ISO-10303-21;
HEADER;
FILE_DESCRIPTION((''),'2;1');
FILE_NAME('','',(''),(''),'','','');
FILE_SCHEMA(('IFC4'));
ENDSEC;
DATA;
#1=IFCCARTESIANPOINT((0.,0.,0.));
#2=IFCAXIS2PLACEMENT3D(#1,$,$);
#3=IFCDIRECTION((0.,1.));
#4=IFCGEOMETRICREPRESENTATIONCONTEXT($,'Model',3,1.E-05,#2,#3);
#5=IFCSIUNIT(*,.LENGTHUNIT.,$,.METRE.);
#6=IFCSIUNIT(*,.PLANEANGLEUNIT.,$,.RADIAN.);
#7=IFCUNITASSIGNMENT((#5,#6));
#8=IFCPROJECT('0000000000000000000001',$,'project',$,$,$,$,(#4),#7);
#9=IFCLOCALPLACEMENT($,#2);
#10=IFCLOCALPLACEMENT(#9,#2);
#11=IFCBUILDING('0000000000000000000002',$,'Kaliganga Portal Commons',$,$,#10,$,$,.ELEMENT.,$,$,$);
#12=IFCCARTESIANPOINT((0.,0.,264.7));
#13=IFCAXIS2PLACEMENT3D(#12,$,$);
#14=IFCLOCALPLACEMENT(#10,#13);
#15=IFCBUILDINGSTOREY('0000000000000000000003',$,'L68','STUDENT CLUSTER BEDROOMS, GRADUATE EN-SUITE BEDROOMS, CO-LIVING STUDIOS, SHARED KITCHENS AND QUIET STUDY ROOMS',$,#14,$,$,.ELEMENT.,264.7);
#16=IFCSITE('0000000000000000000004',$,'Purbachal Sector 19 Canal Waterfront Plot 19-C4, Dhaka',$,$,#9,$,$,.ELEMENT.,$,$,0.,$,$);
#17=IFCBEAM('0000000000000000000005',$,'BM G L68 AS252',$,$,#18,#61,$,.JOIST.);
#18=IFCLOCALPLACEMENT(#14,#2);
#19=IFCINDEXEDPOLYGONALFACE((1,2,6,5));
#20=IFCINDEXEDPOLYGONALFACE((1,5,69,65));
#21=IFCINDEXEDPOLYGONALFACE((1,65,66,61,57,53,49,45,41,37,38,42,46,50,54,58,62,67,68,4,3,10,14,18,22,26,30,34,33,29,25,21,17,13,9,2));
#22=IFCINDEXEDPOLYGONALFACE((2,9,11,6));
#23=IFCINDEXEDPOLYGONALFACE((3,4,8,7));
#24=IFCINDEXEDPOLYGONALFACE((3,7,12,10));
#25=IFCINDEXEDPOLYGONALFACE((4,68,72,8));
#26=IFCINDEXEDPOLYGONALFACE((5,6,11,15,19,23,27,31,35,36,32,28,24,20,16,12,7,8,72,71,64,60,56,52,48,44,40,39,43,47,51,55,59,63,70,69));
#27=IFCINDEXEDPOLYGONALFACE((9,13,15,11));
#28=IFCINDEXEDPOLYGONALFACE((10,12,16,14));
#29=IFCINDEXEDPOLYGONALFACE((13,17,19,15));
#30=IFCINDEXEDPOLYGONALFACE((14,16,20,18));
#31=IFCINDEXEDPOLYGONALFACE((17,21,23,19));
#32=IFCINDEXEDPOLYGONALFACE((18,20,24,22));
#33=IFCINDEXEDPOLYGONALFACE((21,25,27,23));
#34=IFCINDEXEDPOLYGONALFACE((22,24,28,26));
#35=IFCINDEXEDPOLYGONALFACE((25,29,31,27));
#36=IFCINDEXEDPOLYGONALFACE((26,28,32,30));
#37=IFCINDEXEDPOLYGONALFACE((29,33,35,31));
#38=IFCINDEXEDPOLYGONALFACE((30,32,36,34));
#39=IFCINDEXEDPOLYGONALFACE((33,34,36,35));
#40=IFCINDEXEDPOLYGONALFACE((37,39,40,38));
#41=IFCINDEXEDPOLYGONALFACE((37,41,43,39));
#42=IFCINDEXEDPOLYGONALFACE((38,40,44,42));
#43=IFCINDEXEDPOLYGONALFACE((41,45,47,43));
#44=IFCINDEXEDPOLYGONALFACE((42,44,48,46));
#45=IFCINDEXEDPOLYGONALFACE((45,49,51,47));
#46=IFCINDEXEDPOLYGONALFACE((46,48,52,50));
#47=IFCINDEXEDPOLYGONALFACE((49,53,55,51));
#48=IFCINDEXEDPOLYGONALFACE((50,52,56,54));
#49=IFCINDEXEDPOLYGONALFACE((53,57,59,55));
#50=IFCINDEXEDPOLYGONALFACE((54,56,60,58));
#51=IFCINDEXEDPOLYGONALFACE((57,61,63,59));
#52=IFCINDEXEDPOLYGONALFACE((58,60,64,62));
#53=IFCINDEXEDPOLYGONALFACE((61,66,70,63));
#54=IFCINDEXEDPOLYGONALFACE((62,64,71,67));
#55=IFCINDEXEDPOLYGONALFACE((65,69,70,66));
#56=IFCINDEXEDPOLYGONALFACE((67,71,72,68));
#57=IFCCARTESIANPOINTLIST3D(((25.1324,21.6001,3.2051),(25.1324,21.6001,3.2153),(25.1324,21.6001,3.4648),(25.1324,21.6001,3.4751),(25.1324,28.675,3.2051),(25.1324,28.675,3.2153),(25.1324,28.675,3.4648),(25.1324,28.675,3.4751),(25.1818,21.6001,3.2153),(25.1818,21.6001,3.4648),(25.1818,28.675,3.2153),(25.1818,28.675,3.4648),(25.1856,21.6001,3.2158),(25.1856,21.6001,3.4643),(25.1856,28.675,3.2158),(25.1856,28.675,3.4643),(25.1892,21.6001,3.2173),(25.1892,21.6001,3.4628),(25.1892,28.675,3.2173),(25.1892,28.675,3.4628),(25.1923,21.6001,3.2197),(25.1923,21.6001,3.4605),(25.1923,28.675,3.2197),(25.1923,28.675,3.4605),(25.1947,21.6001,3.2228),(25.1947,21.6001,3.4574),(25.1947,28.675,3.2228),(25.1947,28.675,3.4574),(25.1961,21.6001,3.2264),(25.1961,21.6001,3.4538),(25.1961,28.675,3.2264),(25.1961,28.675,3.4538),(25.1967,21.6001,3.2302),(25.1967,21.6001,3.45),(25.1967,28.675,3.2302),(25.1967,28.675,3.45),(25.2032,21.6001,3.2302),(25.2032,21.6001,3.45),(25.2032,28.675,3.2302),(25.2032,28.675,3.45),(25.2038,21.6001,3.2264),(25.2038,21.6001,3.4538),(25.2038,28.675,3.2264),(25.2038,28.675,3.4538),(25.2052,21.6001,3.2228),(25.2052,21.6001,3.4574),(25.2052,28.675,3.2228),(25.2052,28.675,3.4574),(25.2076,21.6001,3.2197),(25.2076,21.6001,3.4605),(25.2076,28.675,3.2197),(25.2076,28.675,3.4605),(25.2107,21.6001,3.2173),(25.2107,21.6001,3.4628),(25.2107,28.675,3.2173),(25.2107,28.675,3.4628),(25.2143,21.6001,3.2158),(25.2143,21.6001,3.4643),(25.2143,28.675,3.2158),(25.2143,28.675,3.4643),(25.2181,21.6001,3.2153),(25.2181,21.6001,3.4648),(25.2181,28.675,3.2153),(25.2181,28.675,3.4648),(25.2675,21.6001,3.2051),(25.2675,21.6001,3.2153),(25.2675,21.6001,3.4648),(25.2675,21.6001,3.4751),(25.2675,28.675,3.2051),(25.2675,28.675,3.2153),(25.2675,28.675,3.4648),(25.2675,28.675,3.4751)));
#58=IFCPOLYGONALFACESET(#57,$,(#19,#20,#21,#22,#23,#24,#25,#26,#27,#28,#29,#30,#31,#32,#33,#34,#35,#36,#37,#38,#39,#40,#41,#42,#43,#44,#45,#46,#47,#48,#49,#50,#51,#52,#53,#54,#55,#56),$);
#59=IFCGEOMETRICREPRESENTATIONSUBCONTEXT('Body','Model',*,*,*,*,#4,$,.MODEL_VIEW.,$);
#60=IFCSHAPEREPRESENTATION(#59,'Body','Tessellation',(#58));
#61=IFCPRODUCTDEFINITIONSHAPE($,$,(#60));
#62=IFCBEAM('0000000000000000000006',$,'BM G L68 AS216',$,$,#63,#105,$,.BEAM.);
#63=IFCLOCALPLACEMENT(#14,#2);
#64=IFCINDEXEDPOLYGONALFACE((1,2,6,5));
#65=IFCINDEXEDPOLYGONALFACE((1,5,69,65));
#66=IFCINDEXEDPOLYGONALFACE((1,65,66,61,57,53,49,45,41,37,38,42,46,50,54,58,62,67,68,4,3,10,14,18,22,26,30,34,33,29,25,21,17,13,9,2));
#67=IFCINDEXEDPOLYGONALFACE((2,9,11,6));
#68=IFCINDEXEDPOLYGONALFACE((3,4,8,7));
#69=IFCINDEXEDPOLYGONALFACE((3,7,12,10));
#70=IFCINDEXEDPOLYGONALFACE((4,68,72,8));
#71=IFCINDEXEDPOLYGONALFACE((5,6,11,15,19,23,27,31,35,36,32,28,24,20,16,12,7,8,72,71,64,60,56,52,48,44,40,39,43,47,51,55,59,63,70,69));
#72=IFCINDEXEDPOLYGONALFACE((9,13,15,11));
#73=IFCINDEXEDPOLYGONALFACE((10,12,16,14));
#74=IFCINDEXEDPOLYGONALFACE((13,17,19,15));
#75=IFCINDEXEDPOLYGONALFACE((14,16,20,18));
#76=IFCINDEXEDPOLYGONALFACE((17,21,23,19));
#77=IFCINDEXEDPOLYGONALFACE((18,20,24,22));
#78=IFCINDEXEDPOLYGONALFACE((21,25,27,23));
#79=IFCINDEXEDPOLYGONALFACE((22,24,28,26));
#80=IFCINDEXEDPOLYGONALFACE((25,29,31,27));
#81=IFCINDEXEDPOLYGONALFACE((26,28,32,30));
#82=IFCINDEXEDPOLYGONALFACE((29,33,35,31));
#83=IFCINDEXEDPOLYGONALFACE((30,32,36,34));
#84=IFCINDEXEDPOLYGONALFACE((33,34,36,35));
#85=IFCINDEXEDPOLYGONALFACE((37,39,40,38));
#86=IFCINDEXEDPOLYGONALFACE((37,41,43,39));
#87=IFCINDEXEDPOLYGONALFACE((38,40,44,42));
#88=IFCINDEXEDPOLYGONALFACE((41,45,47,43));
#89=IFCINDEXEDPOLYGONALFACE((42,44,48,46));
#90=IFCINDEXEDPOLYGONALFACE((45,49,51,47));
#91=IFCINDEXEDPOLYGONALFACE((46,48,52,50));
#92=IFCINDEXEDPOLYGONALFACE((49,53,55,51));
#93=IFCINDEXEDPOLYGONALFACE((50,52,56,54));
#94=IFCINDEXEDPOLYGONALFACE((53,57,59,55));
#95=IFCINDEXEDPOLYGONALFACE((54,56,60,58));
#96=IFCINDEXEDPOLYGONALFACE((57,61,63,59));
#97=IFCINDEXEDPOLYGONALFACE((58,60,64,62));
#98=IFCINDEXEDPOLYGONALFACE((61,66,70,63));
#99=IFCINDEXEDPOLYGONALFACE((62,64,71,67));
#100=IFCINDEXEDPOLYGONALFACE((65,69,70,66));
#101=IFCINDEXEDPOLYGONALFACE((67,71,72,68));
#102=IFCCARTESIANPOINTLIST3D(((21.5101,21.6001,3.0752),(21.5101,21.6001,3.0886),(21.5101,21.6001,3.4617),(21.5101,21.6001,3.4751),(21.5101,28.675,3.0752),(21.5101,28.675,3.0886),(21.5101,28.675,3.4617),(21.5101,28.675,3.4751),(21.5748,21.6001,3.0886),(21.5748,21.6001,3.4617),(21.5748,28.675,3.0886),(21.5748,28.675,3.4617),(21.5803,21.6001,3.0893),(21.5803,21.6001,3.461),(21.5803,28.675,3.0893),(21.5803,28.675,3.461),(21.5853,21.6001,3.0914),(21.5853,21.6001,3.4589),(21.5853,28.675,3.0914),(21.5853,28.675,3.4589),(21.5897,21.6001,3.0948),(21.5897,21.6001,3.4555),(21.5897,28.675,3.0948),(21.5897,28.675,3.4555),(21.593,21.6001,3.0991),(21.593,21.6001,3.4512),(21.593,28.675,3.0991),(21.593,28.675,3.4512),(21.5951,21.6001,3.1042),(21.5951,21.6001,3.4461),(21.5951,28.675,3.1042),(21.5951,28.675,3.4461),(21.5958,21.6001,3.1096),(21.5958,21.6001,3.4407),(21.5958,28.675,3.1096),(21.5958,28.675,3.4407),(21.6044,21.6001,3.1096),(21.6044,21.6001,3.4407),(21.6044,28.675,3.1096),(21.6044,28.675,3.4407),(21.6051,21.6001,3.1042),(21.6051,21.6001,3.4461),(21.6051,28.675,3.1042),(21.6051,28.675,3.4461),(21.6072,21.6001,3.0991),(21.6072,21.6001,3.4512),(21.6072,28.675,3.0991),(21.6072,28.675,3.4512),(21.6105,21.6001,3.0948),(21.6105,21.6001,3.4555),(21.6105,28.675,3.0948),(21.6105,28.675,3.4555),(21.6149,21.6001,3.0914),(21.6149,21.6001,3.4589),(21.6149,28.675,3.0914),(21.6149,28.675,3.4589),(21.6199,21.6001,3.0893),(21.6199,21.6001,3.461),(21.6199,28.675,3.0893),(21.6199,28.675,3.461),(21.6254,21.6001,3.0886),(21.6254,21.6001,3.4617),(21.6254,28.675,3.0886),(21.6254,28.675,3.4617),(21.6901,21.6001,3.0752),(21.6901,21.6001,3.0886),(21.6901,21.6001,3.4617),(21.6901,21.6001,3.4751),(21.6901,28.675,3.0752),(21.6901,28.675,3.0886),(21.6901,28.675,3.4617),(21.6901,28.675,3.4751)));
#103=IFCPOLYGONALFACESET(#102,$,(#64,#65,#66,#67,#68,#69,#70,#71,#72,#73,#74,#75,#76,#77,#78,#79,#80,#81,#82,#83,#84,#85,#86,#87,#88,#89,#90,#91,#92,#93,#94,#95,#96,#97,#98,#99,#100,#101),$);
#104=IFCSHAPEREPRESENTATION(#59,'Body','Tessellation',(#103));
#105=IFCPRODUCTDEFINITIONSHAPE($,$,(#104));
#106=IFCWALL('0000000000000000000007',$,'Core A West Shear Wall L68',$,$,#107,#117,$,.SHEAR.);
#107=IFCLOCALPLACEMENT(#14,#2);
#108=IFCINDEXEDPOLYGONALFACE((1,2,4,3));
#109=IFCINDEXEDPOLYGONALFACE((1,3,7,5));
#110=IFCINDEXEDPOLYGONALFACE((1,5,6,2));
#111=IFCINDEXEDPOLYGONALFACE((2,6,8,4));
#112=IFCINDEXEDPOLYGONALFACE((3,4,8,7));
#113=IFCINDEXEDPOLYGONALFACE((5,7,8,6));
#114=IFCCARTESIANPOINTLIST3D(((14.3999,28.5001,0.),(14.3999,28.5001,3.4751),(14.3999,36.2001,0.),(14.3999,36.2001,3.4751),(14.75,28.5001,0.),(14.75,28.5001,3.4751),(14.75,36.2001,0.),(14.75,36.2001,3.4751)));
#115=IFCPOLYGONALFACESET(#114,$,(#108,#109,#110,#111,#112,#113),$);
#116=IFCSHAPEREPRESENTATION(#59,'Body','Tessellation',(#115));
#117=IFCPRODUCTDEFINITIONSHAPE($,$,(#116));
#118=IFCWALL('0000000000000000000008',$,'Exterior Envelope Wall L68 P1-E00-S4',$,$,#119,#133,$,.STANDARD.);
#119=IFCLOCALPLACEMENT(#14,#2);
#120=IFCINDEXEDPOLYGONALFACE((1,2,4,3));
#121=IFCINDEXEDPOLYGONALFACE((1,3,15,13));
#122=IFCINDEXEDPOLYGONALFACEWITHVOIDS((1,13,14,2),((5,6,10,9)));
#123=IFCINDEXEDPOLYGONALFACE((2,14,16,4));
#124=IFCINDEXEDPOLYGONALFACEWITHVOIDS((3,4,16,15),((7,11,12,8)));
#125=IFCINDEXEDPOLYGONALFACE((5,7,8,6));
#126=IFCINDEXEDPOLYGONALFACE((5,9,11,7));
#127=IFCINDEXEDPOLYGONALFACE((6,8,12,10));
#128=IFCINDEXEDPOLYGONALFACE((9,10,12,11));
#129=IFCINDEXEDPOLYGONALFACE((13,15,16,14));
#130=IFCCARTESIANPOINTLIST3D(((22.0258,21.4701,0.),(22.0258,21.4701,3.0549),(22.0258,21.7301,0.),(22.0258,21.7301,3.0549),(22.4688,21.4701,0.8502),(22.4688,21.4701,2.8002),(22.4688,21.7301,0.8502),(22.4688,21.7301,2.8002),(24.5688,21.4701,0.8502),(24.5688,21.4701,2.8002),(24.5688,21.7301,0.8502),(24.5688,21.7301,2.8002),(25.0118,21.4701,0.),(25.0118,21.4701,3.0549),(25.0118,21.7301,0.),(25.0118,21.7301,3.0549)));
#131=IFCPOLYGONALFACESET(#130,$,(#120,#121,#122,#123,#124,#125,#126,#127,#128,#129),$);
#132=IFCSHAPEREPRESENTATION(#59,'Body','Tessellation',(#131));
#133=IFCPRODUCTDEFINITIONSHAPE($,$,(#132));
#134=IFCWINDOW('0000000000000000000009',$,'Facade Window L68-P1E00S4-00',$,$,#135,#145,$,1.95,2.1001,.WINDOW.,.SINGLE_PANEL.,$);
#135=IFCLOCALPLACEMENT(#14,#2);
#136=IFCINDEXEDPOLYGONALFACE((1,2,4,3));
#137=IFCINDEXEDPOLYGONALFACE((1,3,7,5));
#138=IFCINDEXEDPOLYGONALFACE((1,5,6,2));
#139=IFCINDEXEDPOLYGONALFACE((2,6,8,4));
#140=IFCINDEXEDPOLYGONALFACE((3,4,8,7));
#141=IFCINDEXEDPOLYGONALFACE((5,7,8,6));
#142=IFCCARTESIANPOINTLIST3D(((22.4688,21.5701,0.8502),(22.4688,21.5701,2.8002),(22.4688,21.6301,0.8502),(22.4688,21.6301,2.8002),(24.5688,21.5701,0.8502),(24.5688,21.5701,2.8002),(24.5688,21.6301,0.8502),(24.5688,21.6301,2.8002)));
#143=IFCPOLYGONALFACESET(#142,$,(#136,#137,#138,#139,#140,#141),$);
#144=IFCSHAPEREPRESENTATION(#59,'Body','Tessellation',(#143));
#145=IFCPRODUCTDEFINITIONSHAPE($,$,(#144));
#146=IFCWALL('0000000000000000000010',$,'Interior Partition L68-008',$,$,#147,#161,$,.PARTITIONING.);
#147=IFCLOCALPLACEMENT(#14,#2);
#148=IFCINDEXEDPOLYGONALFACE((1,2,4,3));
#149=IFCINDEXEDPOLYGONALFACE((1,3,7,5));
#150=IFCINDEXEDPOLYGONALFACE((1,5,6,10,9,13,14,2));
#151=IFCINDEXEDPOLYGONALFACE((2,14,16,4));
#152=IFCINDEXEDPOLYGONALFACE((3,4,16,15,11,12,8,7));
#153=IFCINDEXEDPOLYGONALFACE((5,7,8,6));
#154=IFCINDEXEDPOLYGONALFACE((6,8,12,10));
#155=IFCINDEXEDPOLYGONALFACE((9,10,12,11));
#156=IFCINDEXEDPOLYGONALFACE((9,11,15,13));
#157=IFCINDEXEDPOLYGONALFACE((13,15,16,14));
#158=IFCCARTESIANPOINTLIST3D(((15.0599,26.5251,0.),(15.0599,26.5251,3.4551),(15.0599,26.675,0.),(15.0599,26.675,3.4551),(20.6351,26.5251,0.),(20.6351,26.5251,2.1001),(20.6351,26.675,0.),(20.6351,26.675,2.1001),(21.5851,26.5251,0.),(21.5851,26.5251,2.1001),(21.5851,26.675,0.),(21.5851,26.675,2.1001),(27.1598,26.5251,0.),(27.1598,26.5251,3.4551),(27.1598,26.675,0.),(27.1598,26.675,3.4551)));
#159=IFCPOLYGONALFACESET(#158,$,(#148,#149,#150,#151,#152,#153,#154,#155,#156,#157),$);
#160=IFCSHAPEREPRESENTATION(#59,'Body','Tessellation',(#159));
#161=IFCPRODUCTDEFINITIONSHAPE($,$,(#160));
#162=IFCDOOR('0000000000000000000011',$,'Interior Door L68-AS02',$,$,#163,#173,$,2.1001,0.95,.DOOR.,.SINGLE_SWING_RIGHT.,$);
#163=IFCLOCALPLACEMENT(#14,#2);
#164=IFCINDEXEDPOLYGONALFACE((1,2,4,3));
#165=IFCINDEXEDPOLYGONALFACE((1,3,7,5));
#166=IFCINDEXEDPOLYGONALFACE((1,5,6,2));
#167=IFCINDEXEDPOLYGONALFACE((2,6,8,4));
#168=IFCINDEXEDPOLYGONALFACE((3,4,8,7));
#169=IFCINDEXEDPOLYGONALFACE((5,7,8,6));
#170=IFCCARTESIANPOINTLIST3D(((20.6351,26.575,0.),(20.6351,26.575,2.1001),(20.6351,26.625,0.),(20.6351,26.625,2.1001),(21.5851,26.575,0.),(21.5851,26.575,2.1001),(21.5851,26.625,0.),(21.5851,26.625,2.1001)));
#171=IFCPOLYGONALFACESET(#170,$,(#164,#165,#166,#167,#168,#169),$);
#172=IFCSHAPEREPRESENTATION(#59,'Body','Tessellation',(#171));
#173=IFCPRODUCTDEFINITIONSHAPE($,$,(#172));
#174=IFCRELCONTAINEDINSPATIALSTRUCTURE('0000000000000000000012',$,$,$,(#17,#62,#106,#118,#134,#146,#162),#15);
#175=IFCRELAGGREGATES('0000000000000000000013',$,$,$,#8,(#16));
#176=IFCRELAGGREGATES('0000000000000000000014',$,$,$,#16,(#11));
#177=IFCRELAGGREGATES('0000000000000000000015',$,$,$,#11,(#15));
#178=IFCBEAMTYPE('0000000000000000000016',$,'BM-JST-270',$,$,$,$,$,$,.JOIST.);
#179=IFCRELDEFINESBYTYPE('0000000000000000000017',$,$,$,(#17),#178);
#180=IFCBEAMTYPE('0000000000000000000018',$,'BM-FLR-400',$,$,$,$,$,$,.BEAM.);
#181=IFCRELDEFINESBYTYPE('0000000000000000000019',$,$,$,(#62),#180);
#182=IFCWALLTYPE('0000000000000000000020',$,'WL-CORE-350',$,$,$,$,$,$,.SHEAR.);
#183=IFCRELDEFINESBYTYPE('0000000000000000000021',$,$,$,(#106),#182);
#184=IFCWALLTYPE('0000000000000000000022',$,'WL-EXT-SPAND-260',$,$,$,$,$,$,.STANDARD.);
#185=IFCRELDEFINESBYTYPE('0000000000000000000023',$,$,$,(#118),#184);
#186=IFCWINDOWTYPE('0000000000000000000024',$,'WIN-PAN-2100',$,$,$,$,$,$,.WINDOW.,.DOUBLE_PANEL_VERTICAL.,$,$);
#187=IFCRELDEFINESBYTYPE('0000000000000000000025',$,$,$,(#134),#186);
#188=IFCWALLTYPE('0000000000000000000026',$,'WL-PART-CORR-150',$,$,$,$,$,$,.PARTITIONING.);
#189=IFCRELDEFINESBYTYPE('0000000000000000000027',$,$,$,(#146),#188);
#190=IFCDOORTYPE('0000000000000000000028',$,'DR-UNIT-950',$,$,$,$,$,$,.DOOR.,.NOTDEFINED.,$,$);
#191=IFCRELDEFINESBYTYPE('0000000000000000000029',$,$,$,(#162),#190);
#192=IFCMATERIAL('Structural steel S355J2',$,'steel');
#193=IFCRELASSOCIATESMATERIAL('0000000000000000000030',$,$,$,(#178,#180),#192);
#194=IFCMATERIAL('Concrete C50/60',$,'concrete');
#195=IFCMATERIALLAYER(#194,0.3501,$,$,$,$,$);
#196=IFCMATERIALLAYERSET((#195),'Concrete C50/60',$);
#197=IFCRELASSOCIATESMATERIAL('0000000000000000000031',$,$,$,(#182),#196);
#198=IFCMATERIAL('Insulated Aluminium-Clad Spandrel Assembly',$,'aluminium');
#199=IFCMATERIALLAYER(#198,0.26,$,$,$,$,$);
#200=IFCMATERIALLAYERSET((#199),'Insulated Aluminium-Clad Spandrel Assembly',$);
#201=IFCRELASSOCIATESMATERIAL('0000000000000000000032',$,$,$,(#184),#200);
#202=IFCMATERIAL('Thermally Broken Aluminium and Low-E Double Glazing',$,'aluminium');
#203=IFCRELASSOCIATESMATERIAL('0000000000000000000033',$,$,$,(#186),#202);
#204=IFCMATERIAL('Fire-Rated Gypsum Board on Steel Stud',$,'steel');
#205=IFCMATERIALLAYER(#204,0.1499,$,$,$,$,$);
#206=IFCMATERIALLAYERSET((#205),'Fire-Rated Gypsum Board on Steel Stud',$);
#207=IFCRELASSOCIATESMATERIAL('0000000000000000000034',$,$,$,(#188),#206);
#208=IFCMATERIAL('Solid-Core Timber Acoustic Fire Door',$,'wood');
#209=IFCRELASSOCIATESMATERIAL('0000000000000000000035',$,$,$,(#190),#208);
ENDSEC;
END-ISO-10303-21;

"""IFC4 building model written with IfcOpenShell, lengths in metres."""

from ifc_helpers import new_model, si_unit, direction, frame, frame_2d, origin, origin_2d, place, context, subcontext, project, spatial, rectangle, i_section, extrude, source, transform, mapped, material, layer, layer_set, material_profile, profile_set, type_object, element, fill, save


model = new_model("IFC4")

# Units and contexts
model_context = context("Model", 3, precision=1e-05, world=origin(), true_north=direction((0.0, 1.0)))
body_context = subcontext(model_context, "Body", "Model", "MODEL_VIEW")
ifc_project = project(units=[si_unit("LENGTHUNIT", "METRE"), si_unit("PLANEANGLEUNIT", "RADIAN")], contexts=[model_context])

# Site, building, storey
site_placement = place(None, origin())
site = spatial("IfcSite", under=ifc_project, at=site_placement, Name="Purbachal Sector 19 Canal Waterfront Plot 19-C4, Dhaka", CompositionType="ELEMENT", RefElevation=0.0)
building_placement = place(site_placement, origin())
building = spatial("IfcBuilding", under=site, at=building_placement, Name="Kaliganga Portal Commons", CompositionType="ELEMENT")
storey_placement = place(building_placement, frame((0.0, 0.0, 264.7)))
storey = spatial("IfcBuildingStorey", under=building, at=storey_placement, Name="L68", Description="STUDENT CLUSTER BEDROOMS, GRADUATE EN-SUITE BEDROOMS, CO-LIVING STUDIOS, SHARED KITCHENS AND QUIET STUDY ROOMS", CompositionType="ELEMENT", Elevation=264.7)

# Shared definitions
ifc_material_1 = material(Name="Concrete C50/60", Category="concrete")
ifc_material_2 = material(Name="Structural steel S355J2", Category="steel")

# Beams
ifc_material_profile_1 = material_profile(ifc_material_2, i_section(OverallWidth=0.135, OverallDepth=0.27, WebThickness=0.0066, FlangeThickness=0.0103, FilletRadius=0.0149, at=origin_2d()), Name="IPE 270")
ifc_profile_set_1 = profile_set([ifc_material_profile_1], Name="Structural steel S355J2 wide-flange")
beam_type_1 = type_object("IfcBeamType", Name="BM-JST-270", PredefinedType="JOIST", material=ifc_profile_set_1)
shared_shape_1 = source(origin(), body_context, "Body", "SweptSolid", [
    extrude(i_section(OverallWidth=0.135, OverallDepth=0.27, WebThickness=0.0066, FlangeThickness=0.0103, FilletRadius=0.0149, at=origin_2d()), origin(), (0.0, 0.0, 1.0), 7.075),
])
beam_1_placement = place(storey_placement, frame((25.2, 21.6001, 3.3401), z_axis=(0.0, 1.0, 0.0), x_axis=(-1.0, 0.0, 0.0)))
element("IfcBeam", 1, at=beam_1_placement, inside=storey, type_object=beam_type_1, Name="BM G L68 AS252", PredefinedType="JOIST", context=body_context, shape_type="MappedRepresentation", body=[
    mapped(shared_shape_1, transform((0.0, 0.0, 0.0), x_axis=(1.0, 0.0, 0.0), y_axis=(0.0, 1.0, 0.0), z_axis=(0.0, 0.0, 1.0), scale=1.0)),
])
ifc_material_profile_2 = material_profile(ifc_material_2, i_section(OverallWidth=0.1799, OverallDepth=0.3999, WebThickness=0.0085, FlangeThickness=0.0134, FilletRadius=0.021, at=origin_2d()), Name="IPE 400")
ifc_profile_set_2 = profile_set([ifc_material_profile_2], Name="Structural steel S355J2 wide-flange")
beam_type_2 = type_object("IfcBeamType", Name="BM-FLR-400", PredefinedType="BEAM", material=ifc_profile_set_2)
shared_shape_2 = source(origin(), body_context, "Body", "SweptSolid", [
    extrude(i_section(OverallWidth=0.1799, OverallDepth=0.3999, WebThickness=0.0085, FlangeThickness=0.0134, FilletRadius=0.021, at=origin_2d()), origin(), (0.0, 0.0, 1.0), 7.075),
])
beam_2_placement = place(storey_placement, frame((21.6001, 21.6001, 3.2751), z_axis=(0.0, 1.0, 0.0), x_axis=(-1.0, 0.0, 0.0)))
element("IfcBeam", 2, at=beam_2_placement, inside=storey, type_object=beam_type_2, Name="BM G L68 AS216", PredefinedType="BEAM", context=body_context, shape_type="MappedRepresentation", body=[
    mapped(shared_shape_2, transform((0.0, 0.0, 0.0), x_axis=(1.0, 0.0, 0.0), y_axis=(0.0, 1.0, 0.0), z_axis=(0.0, 0.0, 1.0), scale=1.0)),
])

# Wall
ifc_layer_1 = layer(ifc_material_1, 0.3501)
ifc_layer_set_1 = layer_set([ifc_layer_1], Name="Concrete C50/60")
wall_type_1 = type_object("IfcWallType", Name="WL-CORE-350", PredefinedType="SHEAR", material=ifc_layer_set_1)
wall_1_placement = place(storey_placement, frame((14.575, 28.5, 0.0), z_axis=(0.0, 0.0, 1.0), x_axis=(0.0, 1.0, 0.0)))
element("IfcWall", 3, at=wall_1_placement, inside=storey, type_object=wall_type_1, Name="Core A West Shear Wall L68", PredefinedType="SHEAR", context=body_context, shape_type="SweptSolid", body=[
    extrude(rectangle(XDim=7.7, YDim=0.3501, at=frame_2d((3.8501, 0.0))), origin(), (0.0, 0.0, 1.0), 3.4751),
])

# Wall, opening, window
ifc_material_3 = material(Name="Insulated Aluminium-Clad Spandrel Assembly", Category="aluminium")
ifc_layer_2 = layer(ifc_material_3, 0.26)
ifc_layer_set_2 = layer_set([ifc_layer_2], Name="Insulated Aluminium-Clad Spandrel Assembly")
wall_type_2 = type_object("IfcWallType", Name="WL-EXT-SPAND-260", PredefinedType="STANDARD", material=ifc_layer_set_2)
wall_2_placement = place(storey_placement, frame((25.012, 21.6001, 0.0), z_axis=(0.0, 0.0, 1.0), x_axis=(-1.0, 0.0, 0.0)))
wall_2 = element("IfcWall", 4, at=wall_2_placement, inside=storey, type_object=wall_type_2, Name="Exterior Envelope Wall L68 P1-E00-S4", PredefinedType="STANDARD", context=body_context, shape_type="SweptSolid", body=[
    extrude(rectangle(XDim=2.9861, YDim=0.26, at=frame_2d((1.4932, 0.0))), origin(), (0.0, 0.0, 1.0), 3.0549),
])
opening_1_placement = place(wall_2_placement, frame((0.4431, 0.0, 0.8501)))
opening_1 = element("IfcOpeningElement", 5, at=opening_1_placement, cuts=wall_2, PredefinedType="OPENING", context=body_context, shape_type="SweptSolid", body=[
    extrude(rectangle(XDim=2.1001, YDim=1.95, at=frame_2d((1.05, 0.9751))), frame((0.0, 0.1401, 0.0), z_axis=(0.0, -1.0, 0.0), x_axis=(1.0, 0.0, 0.0)), (0.0, 0.0, 1.0), 0.28),
])
ifc_material_4 = material(Name="Thermally Broken Aluminium and Low-E Double Glazing", Category="aluminium")
window_type = type_object("IfcWindowType", Name="WIN-PAN-2100", PartitioningType="DOUBLE_PANEL_VERTICAL", PredefinedType="WINDOW", material=ifc_material_4)
window_placement = place(opening_1_placement, origin())
window = element("IfcWindow", 6, at=window_placement, inside=storey, type_object=window_type, Name="Facade Window L68-P1E00S4-00", OverallHeight=1.95, OverallWidth=2.1001, PartitioningType="SINGLE_PANEL", PredefinedType="WINDOW", context=body_context, shape_type="SweptSolid", body=[
    extrude(rectangle(XDim=2.1001, YDim=1.95, at=frame_2d((1.05, 0.9751))), frame((0.0, 0.03, 0.0), z_axis=(0.0, -1.0, 0.0), x_axis=(1.0, 0.0, 0.0)), (0.0, 0.0, 1.0), 0.0601),
])
fill(opening_1, window)

# Wall, opening, door
ifc_material_5 = material(Name="Fire-Rated Gypsum Board on Steel Stud", Category="steel")
ifc_layer_3 = layer(ifc_material_5, 0.1499)
ifc_layer_set_3 = layer_set([ifc_layer_3], Name="Fire-Rated Gypsum Board on Steel Stud")
wall_type_3 = type_object("IfcWallType", Name="WL-PART-CORR-150", PredefinedType="PARTITIONING", material=ifc_layer_set_3)
wall_3_placement = place(storey_placement, frame((15.0601, 26.6001, 0.0), z_axis=(0.0, 0.0, 1.0), x_axis=(1.0, 0.0, 0.0)))
wall_3 = element("IfcWall", 7, at=wall_3_placement, inside=storey, type_object=wall_type_3, Name="Interior Partition L68-008", PredefinedType="PARTITIONING", context=body_context, shape_type="SweptSolid", body=[
    extrude(rectangle(XDim=12.0999, YDim=0.1499, at=frame_2d((6.0498, 0.0))), origin(), (0.0, 0.0, 1.0), 3.4551),
])
opening_2_placement = place(wall_3_placement, frame((5.575, 0.0, 0.0)))
opening_2 = element("IfcOpeningElement", 8, at=opening_2_placement, cuts=wall_3, PredefinedType="OPENING", context=body_context, shape_type="SweptSolid", body=[
    extrude(rectangle(XDim=0.95, YDim=2.1001, at=frame_2d((0.4751, 1.05))), frame((0.0, 0.085, 0.0), z_axis=(0.0, -1.0, 0.0), x_axis=(1.0, 0.0, 0.0)), (0.0, 0.0, 1.0), 0.1699),
])
ifc_material_6 = material(Name="Solid-Core Timber Acoustic Fire Door", Category="wood")
door_type_1 = type_object("IfcDoorType", Name="DR-UNIT-950", OperationType="NOTDEFINED", PredefinedType="DOOR", material=ifc_material_6)
door_1_placement = place(opening_2_placement, origin())
door_1 = element("IfcDoor", 9, at=door_1_placement, inside=storey, type_object=door_type_1, Name="Interior Door L68-AS02", OperationType="SINGLE_SWING_RIGHT", OverallHeight=2.1001, OverallWidth=0.95, PredefinedType="DOOR", context=body_context, shape_type="SweptSolid", body=[
    extrude(rectangle(XDim=0.95, YDim=2.1001, at=frame_2d((0.4751, 1.05))), frame((0.0, 0.0249, 0.0), z_axis=(0.0, -1.0, 0.0), x_axis=(1.0, 0.0, 0.0)), (0.0, 0.0, 1.0), 0.05),
])
fill(opening_2, door_1)

save(model, "model.ifc")
